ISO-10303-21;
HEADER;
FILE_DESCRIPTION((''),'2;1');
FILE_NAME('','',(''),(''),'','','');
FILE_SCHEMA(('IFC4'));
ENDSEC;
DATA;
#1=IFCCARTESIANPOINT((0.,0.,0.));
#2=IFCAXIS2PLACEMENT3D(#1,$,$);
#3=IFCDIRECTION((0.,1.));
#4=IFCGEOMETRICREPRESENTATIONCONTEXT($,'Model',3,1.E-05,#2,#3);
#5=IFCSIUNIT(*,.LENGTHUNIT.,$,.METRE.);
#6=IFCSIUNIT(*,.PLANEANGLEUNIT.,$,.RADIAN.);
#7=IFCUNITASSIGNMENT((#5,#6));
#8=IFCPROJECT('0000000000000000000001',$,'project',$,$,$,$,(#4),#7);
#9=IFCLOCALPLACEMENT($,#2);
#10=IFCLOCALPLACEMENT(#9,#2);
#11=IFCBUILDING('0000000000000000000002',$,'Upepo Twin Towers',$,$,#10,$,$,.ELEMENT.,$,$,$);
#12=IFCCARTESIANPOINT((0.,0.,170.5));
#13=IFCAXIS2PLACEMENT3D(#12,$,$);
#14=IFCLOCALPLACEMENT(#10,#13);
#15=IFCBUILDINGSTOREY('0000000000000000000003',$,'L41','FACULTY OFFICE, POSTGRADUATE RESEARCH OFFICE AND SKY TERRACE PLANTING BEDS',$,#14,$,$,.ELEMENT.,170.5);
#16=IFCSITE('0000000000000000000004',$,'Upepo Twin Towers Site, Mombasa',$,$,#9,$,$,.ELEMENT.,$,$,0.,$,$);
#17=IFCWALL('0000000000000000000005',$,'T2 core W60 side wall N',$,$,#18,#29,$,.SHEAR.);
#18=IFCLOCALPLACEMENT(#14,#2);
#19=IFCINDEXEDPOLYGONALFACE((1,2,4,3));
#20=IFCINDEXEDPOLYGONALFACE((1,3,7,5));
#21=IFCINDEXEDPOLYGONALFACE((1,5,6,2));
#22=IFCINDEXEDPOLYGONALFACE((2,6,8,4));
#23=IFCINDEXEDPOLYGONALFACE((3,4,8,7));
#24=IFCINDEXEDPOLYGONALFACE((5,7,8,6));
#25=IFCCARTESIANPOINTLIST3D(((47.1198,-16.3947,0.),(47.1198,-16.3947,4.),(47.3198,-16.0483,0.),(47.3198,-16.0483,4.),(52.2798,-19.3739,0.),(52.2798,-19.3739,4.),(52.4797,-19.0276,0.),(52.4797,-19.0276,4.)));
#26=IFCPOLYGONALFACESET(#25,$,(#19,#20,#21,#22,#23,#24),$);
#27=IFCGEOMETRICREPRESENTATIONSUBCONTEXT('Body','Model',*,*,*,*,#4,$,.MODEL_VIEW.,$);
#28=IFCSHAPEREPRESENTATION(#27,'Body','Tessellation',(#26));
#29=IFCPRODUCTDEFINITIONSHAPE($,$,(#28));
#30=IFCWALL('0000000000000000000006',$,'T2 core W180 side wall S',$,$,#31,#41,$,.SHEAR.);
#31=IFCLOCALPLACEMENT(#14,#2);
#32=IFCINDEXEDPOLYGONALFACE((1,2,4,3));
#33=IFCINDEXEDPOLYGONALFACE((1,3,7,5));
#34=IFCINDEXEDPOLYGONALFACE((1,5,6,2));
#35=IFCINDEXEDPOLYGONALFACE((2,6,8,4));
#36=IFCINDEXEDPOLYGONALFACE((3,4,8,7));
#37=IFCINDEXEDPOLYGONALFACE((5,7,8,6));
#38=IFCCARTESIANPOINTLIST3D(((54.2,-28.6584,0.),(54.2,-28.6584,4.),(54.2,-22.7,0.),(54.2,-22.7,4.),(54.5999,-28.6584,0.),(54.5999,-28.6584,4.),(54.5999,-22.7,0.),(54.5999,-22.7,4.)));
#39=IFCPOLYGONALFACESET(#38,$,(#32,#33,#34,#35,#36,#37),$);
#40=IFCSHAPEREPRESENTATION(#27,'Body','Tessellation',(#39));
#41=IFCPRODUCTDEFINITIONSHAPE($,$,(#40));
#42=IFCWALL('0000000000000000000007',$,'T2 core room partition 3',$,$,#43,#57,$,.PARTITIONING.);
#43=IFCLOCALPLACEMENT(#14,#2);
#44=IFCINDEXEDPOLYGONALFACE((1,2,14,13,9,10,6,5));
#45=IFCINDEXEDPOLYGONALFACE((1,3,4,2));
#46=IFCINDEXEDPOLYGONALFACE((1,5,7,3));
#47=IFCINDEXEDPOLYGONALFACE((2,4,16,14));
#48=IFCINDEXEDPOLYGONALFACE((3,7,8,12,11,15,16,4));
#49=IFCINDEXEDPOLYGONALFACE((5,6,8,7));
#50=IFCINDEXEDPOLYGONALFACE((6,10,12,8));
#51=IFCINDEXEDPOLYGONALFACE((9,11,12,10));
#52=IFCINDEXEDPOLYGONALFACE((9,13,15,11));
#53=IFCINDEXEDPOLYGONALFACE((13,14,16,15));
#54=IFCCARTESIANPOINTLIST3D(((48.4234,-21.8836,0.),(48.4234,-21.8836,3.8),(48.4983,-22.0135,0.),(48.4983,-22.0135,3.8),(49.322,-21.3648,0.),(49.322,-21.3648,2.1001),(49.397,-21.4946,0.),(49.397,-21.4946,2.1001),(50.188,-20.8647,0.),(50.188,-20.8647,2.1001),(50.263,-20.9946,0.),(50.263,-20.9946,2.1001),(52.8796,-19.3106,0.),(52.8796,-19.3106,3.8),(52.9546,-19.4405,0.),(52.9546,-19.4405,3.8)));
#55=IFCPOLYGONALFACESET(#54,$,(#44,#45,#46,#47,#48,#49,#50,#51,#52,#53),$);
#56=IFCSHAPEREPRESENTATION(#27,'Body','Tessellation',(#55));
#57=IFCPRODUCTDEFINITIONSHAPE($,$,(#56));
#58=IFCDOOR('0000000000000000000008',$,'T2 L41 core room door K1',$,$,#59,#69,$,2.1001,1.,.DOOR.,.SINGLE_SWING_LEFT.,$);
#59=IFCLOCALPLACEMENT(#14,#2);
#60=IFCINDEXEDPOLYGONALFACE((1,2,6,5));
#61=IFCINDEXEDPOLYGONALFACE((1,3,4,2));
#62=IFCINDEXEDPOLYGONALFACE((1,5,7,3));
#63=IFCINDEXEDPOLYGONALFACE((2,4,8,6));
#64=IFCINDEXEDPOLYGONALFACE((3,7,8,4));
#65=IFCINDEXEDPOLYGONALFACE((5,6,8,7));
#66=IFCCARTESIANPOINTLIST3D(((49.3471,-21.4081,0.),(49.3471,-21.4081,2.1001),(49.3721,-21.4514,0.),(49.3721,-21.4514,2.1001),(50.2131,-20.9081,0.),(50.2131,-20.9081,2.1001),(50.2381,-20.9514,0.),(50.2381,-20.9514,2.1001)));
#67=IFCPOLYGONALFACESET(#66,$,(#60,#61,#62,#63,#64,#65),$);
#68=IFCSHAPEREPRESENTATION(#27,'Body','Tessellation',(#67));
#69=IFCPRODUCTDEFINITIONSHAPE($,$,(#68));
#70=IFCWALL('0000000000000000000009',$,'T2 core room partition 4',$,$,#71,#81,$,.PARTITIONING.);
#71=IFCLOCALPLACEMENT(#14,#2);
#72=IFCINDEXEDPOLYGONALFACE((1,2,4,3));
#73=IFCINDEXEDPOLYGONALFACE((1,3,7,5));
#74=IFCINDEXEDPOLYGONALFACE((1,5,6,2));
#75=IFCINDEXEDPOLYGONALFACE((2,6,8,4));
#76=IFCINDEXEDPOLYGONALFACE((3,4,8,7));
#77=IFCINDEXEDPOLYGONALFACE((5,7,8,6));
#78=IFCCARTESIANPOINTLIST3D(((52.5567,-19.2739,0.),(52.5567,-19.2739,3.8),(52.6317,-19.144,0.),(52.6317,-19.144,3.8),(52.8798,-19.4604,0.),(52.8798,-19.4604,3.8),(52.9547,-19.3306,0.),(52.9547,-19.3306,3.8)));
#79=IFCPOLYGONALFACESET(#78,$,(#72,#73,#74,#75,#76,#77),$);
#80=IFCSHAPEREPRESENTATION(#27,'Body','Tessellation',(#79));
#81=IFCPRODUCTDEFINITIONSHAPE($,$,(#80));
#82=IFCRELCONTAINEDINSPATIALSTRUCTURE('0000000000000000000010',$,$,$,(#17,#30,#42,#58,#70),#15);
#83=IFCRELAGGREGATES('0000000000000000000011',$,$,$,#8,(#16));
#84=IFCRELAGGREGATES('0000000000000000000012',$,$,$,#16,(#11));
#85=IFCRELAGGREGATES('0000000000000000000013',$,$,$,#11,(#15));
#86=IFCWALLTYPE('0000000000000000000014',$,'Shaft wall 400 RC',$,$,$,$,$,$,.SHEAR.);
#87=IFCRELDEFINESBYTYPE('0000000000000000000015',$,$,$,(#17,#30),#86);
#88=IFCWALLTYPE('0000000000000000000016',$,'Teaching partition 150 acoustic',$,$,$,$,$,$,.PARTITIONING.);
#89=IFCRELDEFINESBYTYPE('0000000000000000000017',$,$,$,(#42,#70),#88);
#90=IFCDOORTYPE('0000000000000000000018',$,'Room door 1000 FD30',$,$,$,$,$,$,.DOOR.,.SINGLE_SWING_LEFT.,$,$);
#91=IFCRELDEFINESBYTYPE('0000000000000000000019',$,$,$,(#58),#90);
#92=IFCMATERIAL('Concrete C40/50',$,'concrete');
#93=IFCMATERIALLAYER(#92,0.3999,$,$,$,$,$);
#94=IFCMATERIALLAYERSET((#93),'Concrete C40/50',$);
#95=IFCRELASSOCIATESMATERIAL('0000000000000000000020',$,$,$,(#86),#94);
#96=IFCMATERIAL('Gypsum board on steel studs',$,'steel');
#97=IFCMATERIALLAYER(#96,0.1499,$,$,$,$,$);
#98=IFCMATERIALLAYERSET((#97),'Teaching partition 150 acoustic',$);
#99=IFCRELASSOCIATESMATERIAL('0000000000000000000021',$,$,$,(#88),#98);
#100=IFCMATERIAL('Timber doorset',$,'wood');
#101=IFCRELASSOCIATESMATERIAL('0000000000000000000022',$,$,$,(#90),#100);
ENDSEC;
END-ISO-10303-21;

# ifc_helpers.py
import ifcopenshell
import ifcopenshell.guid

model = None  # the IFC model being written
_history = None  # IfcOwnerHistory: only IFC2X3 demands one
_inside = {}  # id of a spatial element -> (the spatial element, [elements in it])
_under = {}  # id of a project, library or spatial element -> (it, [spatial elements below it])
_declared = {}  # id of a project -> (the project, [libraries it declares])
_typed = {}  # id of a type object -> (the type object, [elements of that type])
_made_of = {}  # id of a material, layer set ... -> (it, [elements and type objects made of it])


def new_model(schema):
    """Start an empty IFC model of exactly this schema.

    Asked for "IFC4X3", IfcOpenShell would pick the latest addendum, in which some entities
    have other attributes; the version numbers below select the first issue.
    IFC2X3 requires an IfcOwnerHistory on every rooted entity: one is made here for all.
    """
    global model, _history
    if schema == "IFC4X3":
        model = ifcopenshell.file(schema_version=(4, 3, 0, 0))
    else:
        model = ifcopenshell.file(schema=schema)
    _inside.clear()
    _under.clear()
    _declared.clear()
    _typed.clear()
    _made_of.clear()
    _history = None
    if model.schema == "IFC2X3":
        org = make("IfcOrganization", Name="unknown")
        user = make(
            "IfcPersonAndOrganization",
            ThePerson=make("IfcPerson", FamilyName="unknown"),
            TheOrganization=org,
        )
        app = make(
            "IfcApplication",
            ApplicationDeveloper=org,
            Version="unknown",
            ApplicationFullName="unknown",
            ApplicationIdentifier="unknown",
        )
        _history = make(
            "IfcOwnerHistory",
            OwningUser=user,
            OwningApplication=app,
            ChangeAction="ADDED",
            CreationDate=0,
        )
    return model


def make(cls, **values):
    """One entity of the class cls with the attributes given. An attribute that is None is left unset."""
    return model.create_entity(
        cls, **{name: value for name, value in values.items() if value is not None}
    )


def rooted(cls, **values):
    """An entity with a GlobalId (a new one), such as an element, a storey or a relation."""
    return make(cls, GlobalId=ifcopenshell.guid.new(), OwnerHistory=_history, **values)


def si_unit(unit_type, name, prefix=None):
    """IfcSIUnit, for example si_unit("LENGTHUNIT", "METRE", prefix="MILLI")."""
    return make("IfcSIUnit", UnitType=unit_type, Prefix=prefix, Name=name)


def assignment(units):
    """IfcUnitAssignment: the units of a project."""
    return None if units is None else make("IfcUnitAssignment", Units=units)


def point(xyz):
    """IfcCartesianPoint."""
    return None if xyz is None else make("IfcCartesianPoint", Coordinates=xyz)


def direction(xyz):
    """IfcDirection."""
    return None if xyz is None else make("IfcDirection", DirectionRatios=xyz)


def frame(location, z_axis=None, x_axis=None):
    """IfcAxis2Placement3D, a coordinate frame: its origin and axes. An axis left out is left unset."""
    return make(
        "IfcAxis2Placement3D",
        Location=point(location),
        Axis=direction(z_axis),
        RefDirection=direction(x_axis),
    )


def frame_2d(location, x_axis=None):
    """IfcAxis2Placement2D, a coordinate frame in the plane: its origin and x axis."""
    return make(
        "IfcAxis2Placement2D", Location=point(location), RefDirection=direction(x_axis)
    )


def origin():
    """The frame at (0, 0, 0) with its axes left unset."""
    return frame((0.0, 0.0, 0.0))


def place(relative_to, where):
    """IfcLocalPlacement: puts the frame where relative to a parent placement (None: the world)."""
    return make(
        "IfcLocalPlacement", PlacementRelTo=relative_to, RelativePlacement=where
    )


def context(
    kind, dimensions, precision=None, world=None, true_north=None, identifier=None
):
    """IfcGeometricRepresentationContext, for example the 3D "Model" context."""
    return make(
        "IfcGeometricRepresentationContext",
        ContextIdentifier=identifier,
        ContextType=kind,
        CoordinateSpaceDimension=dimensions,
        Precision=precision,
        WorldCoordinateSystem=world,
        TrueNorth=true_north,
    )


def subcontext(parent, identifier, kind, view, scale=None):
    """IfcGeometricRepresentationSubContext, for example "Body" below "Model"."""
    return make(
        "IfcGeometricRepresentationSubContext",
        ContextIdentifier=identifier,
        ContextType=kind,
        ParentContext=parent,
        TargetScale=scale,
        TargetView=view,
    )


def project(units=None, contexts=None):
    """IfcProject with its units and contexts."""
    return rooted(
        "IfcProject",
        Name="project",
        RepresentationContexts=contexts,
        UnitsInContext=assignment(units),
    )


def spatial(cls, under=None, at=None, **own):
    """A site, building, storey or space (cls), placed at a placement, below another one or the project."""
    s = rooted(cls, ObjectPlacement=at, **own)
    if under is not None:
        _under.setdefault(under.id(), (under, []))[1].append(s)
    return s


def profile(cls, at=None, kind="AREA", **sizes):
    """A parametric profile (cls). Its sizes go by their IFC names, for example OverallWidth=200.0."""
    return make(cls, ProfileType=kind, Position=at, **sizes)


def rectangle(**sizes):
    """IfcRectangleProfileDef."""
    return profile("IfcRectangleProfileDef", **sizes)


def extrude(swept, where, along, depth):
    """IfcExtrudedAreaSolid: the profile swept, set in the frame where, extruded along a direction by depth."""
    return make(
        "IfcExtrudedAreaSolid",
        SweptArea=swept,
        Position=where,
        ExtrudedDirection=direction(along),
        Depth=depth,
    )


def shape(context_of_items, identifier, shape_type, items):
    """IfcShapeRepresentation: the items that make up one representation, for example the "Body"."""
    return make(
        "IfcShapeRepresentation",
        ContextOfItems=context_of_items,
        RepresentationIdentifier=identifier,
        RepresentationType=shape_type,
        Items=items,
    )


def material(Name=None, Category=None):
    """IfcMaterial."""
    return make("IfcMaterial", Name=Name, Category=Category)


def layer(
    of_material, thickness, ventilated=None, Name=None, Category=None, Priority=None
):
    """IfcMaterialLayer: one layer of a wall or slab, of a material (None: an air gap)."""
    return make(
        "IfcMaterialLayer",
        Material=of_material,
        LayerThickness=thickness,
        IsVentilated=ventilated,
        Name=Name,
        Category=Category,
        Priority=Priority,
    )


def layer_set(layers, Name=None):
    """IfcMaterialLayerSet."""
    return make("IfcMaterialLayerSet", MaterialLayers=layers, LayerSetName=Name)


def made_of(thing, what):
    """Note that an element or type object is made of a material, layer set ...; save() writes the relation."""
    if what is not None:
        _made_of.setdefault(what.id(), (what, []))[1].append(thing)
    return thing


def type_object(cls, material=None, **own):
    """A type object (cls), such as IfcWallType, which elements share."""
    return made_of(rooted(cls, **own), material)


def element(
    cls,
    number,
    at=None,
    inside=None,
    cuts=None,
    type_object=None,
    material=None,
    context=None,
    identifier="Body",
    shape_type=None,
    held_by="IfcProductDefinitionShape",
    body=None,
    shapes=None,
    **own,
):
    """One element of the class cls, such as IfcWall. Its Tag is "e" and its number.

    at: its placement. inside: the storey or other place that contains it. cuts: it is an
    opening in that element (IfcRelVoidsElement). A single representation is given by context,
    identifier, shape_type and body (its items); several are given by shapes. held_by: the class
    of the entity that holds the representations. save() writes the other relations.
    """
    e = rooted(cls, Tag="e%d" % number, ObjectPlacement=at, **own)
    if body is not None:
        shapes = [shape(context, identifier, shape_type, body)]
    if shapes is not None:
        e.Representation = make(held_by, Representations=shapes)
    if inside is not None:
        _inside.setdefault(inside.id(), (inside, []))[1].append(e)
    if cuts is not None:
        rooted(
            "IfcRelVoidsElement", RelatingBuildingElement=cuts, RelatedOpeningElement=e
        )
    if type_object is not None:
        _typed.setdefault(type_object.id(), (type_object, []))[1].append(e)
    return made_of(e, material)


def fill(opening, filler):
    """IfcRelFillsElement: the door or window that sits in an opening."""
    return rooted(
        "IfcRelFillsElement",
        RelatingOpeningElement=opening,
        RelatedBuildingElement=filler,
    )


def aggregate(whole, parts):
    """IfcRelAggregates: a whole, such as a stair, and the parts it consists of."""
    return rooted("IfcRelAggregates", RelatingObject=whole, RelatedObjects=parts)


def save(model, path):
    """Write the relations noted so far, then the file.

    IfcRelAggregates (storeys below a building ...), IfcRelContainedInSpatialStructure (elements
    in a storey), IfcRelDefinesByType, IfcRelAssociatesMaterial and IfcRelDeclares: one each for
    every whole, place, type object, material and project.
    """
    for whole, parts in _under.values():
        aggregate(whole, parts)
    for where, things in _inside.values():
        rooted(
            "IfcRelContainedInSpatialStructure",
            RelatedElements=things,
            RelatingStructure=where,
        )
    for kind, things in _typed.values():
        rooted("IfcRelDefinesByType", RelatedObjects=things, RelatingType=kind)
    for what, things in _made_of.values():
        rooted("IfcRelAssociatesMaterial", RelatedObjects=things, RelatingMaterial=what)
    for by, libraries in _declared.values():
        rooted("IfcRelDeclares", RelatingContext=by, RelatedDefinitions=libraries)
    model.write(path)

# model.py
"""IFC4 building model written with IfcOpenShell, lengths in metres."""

from ifc_helpers import new_model, si_unit, direction, frame, frame_2d, origin, place, context, subcontext, project, spatial, rectangle, extrude, material, layer, layer_set, type_object, element, fill, save


model = new_model("IFC4")

# Units and contexts
model_context = context("Model", 3, precision=1e-05, world=origin(), true_north=direction((0.0, 1.0)))
body_context = subcontext(model_context, "Body", "Model", "MODEL_VIEW")
ifc_project = project(units=[si_unit("LENGTHUNIT", "METRE"), si_unit("PLANEANGLEUNIT", "RADIAN")], contexts=[model_context])

# Site, building, storey
site_placement = place(None, origin())
site = spatial("IfcSite", under=ifc_project, at=site_placement, Name="Upepo Twin Towers Site, Mombasa", CompositionType="ELEMENT", RefElevation=0.0)
building_placement = place(site_placement, origin())
building = spatial("IfcBuilding", under=site, at=building_placement, Name="Upepo Twin Towers", CompositionType="ELEMENT")
storey_placement = place(building_placement, frame((0.0, 0.0, 170.5)))
storey = spatial("IfcBuildingStorey", under=building, at=storey_placement, Name="L41", Description="FACULTY OFFICE, POSTGRADUATE RESEARCH OFFICE AND SKY TERRACE PLANTING BEDS", CompositionType="ELEMENT", Elevation=170.5)

# Walls
ifc_material_1 = material(Name="Concrete C40/50", Category="concrete")
ifc_layer_1 = layer(ifc_material_1, 0.3999)
ifc_layer_set_1 = layer_set([ifc_layer_1], Name="Concrete C40/50")
wall_type_1 = type_object("IfcWallType", Name="Shaft wall 400 RC", PredefinedType="SHEAR", material=ifc_layer_set_1)
wall_1_placement = place(storey_placement, frame((52.3796, -19.2007, 0.0), z_axis=(0.0, 0.0, 1.0), x_axis=(-0.866013, 0.500022, 0.0)))
element("IfcWall", 1, at=wall_1_placement, inside=storey, type_object=wall_type_1, Name="T2 core W60 side wall N", PredefinedType="SHEAR", context=body_context, shape_type="SweptSolid", body=[
    extrude(rectangle(XDim=5.9583, YDim=0.3999, at=frame_2d((2.979, 0.0))), origin(), (0.0, 0.0, 1.0), 4.0),
])
wall_2_placement = place(storey_placement, frame((54.3999, -22.7, 0.0), z_axis=(0.0, 0.0, 1.0), x_axis=(0.0, -1.0, 0.0)))
element("IfcWall", 2, at=wall_2_placement, inside=storey, type_object=wall_type_1, Name="T2 core W180 side wall S", PredefinedType="SHEAR", context=body_context, shape_type="SweptSolid", body=[
    extrude(rectangle(XDim=5.9585, YDim=0.3999, at=frame_2d((2.9792, 0.0))), origin(), (0.0, 0.0, 1.0), 4.0),
])

# Wall, opening, door
ifc_material_2 = material(Name="Gypsum board on steel studs", Category="steel")
ifc_layer_2 = layer(ifc_material_2, 0.1499)
ifc_layer_set_2 = layer_set([ifc_layer_2], Name="Teaching partition 150 acoustic")
wall_type_2 = type_object("IfcWallType", Name="Teaching partition 150 acoustic", PredefinedType="PARTITIONING", material=ifc_layer_set_2)
wall_3_placement = place(storey_placement, frame((48.4609, -21.9485, 0.0), z_axis=(0.0, 0.0, 1.0), x_axis=(0.866013, 0.500022, 0.0)))
wall_3 = element("IfcWall", 3, at=wall_3_placement, inside=storey, type_object=wall_type_2, Name="T2 core room partition 3", PredefinedType="PARTITIONING", context=body_context, shape_type="SweptSolid", body=[
    extrude(rectangle(XDim=5.1458, YDim=0.1499, at=frame_2d((2.5728, 0.0))), origin(), (0.0, 0.0, 1.0), 3.8),
])
opening_1_placement = place(wall_3_placement, frame((1.0376, 0.0, 0.0)))
opening_1 = element("IfcOpeningElement", 4, at=opening_1_placement, cuts=wall_3, PredefinedType="OPENING", context=body_context, shape_type="SweptSolid", body=[
    extrude(rectangle(XDim=1.0, YDim=2.1001, at=frame_2d((0.5, 1.05))), frame((0.0, 0.085, 0.0), z_axis=(0.0, -1.0, 0.0), x_axis=(1.0, 0.0, 0.0)), (0.0, 0.0, 1.0), 0.1699),
])
ifc_material_3 = material(Name="Timber doorset", Category="wood")
door_type_1 = type_object("IfcDoorType", Name="Room door 1000 FD30", OperationType="SINGLE_SWING_LEFT", PredefinedType="DOOR", material=ifc_material_3)
door_1_placement = place(opening_1_placement, origin())
door_1 = element("IfcDoor", 5, at=door_1_placement, inside=storey, type_object=door_type_1, Name="T2 L41 core room door K1", OperationType="SINGLE_SWING_LEFT", OverallHeight=2.1001, OverallWidth=1.0, PredefinedType="DOOR", context=body_context, shape_type="SweptSolid", body=[
    extrude(rectangle(XDim=1.0, YDim=2.1001, at=frame_2d((0.5, 1.05))), frame((0.0, 0.0249, 0.0), z_axis=(0.0, -1.0, 0.0), x_axis=(1.0, 0.0, 0.0)), (0.0, 0.0, 1.0), 0.05),
])
fill(opening_1, door_1)

# Wall
wall_4_placement = place(storey_placement, frame((52.9172, -19.3955, 0.0), z_axis=(0.0, 0.0, 1.0), x_axis=(-0.865978, 0.500081, 0.0)))
element("IfcWall", 6, at=wall_4_placement, inside=storey, type_object=wall_type_2, Name="T2 core room partition 4", PredefinedType="PARTITIONING", context=body_context, shape_type="SweptSolid", body=[
    extrude(rectangle(XDim=0.373, YDim=0.1499, at=frame_2d((0.1865, 0.0))), origin(), (0.0, 0.0, 1.0), 3.8),
])

save(model, "model.ifc")
